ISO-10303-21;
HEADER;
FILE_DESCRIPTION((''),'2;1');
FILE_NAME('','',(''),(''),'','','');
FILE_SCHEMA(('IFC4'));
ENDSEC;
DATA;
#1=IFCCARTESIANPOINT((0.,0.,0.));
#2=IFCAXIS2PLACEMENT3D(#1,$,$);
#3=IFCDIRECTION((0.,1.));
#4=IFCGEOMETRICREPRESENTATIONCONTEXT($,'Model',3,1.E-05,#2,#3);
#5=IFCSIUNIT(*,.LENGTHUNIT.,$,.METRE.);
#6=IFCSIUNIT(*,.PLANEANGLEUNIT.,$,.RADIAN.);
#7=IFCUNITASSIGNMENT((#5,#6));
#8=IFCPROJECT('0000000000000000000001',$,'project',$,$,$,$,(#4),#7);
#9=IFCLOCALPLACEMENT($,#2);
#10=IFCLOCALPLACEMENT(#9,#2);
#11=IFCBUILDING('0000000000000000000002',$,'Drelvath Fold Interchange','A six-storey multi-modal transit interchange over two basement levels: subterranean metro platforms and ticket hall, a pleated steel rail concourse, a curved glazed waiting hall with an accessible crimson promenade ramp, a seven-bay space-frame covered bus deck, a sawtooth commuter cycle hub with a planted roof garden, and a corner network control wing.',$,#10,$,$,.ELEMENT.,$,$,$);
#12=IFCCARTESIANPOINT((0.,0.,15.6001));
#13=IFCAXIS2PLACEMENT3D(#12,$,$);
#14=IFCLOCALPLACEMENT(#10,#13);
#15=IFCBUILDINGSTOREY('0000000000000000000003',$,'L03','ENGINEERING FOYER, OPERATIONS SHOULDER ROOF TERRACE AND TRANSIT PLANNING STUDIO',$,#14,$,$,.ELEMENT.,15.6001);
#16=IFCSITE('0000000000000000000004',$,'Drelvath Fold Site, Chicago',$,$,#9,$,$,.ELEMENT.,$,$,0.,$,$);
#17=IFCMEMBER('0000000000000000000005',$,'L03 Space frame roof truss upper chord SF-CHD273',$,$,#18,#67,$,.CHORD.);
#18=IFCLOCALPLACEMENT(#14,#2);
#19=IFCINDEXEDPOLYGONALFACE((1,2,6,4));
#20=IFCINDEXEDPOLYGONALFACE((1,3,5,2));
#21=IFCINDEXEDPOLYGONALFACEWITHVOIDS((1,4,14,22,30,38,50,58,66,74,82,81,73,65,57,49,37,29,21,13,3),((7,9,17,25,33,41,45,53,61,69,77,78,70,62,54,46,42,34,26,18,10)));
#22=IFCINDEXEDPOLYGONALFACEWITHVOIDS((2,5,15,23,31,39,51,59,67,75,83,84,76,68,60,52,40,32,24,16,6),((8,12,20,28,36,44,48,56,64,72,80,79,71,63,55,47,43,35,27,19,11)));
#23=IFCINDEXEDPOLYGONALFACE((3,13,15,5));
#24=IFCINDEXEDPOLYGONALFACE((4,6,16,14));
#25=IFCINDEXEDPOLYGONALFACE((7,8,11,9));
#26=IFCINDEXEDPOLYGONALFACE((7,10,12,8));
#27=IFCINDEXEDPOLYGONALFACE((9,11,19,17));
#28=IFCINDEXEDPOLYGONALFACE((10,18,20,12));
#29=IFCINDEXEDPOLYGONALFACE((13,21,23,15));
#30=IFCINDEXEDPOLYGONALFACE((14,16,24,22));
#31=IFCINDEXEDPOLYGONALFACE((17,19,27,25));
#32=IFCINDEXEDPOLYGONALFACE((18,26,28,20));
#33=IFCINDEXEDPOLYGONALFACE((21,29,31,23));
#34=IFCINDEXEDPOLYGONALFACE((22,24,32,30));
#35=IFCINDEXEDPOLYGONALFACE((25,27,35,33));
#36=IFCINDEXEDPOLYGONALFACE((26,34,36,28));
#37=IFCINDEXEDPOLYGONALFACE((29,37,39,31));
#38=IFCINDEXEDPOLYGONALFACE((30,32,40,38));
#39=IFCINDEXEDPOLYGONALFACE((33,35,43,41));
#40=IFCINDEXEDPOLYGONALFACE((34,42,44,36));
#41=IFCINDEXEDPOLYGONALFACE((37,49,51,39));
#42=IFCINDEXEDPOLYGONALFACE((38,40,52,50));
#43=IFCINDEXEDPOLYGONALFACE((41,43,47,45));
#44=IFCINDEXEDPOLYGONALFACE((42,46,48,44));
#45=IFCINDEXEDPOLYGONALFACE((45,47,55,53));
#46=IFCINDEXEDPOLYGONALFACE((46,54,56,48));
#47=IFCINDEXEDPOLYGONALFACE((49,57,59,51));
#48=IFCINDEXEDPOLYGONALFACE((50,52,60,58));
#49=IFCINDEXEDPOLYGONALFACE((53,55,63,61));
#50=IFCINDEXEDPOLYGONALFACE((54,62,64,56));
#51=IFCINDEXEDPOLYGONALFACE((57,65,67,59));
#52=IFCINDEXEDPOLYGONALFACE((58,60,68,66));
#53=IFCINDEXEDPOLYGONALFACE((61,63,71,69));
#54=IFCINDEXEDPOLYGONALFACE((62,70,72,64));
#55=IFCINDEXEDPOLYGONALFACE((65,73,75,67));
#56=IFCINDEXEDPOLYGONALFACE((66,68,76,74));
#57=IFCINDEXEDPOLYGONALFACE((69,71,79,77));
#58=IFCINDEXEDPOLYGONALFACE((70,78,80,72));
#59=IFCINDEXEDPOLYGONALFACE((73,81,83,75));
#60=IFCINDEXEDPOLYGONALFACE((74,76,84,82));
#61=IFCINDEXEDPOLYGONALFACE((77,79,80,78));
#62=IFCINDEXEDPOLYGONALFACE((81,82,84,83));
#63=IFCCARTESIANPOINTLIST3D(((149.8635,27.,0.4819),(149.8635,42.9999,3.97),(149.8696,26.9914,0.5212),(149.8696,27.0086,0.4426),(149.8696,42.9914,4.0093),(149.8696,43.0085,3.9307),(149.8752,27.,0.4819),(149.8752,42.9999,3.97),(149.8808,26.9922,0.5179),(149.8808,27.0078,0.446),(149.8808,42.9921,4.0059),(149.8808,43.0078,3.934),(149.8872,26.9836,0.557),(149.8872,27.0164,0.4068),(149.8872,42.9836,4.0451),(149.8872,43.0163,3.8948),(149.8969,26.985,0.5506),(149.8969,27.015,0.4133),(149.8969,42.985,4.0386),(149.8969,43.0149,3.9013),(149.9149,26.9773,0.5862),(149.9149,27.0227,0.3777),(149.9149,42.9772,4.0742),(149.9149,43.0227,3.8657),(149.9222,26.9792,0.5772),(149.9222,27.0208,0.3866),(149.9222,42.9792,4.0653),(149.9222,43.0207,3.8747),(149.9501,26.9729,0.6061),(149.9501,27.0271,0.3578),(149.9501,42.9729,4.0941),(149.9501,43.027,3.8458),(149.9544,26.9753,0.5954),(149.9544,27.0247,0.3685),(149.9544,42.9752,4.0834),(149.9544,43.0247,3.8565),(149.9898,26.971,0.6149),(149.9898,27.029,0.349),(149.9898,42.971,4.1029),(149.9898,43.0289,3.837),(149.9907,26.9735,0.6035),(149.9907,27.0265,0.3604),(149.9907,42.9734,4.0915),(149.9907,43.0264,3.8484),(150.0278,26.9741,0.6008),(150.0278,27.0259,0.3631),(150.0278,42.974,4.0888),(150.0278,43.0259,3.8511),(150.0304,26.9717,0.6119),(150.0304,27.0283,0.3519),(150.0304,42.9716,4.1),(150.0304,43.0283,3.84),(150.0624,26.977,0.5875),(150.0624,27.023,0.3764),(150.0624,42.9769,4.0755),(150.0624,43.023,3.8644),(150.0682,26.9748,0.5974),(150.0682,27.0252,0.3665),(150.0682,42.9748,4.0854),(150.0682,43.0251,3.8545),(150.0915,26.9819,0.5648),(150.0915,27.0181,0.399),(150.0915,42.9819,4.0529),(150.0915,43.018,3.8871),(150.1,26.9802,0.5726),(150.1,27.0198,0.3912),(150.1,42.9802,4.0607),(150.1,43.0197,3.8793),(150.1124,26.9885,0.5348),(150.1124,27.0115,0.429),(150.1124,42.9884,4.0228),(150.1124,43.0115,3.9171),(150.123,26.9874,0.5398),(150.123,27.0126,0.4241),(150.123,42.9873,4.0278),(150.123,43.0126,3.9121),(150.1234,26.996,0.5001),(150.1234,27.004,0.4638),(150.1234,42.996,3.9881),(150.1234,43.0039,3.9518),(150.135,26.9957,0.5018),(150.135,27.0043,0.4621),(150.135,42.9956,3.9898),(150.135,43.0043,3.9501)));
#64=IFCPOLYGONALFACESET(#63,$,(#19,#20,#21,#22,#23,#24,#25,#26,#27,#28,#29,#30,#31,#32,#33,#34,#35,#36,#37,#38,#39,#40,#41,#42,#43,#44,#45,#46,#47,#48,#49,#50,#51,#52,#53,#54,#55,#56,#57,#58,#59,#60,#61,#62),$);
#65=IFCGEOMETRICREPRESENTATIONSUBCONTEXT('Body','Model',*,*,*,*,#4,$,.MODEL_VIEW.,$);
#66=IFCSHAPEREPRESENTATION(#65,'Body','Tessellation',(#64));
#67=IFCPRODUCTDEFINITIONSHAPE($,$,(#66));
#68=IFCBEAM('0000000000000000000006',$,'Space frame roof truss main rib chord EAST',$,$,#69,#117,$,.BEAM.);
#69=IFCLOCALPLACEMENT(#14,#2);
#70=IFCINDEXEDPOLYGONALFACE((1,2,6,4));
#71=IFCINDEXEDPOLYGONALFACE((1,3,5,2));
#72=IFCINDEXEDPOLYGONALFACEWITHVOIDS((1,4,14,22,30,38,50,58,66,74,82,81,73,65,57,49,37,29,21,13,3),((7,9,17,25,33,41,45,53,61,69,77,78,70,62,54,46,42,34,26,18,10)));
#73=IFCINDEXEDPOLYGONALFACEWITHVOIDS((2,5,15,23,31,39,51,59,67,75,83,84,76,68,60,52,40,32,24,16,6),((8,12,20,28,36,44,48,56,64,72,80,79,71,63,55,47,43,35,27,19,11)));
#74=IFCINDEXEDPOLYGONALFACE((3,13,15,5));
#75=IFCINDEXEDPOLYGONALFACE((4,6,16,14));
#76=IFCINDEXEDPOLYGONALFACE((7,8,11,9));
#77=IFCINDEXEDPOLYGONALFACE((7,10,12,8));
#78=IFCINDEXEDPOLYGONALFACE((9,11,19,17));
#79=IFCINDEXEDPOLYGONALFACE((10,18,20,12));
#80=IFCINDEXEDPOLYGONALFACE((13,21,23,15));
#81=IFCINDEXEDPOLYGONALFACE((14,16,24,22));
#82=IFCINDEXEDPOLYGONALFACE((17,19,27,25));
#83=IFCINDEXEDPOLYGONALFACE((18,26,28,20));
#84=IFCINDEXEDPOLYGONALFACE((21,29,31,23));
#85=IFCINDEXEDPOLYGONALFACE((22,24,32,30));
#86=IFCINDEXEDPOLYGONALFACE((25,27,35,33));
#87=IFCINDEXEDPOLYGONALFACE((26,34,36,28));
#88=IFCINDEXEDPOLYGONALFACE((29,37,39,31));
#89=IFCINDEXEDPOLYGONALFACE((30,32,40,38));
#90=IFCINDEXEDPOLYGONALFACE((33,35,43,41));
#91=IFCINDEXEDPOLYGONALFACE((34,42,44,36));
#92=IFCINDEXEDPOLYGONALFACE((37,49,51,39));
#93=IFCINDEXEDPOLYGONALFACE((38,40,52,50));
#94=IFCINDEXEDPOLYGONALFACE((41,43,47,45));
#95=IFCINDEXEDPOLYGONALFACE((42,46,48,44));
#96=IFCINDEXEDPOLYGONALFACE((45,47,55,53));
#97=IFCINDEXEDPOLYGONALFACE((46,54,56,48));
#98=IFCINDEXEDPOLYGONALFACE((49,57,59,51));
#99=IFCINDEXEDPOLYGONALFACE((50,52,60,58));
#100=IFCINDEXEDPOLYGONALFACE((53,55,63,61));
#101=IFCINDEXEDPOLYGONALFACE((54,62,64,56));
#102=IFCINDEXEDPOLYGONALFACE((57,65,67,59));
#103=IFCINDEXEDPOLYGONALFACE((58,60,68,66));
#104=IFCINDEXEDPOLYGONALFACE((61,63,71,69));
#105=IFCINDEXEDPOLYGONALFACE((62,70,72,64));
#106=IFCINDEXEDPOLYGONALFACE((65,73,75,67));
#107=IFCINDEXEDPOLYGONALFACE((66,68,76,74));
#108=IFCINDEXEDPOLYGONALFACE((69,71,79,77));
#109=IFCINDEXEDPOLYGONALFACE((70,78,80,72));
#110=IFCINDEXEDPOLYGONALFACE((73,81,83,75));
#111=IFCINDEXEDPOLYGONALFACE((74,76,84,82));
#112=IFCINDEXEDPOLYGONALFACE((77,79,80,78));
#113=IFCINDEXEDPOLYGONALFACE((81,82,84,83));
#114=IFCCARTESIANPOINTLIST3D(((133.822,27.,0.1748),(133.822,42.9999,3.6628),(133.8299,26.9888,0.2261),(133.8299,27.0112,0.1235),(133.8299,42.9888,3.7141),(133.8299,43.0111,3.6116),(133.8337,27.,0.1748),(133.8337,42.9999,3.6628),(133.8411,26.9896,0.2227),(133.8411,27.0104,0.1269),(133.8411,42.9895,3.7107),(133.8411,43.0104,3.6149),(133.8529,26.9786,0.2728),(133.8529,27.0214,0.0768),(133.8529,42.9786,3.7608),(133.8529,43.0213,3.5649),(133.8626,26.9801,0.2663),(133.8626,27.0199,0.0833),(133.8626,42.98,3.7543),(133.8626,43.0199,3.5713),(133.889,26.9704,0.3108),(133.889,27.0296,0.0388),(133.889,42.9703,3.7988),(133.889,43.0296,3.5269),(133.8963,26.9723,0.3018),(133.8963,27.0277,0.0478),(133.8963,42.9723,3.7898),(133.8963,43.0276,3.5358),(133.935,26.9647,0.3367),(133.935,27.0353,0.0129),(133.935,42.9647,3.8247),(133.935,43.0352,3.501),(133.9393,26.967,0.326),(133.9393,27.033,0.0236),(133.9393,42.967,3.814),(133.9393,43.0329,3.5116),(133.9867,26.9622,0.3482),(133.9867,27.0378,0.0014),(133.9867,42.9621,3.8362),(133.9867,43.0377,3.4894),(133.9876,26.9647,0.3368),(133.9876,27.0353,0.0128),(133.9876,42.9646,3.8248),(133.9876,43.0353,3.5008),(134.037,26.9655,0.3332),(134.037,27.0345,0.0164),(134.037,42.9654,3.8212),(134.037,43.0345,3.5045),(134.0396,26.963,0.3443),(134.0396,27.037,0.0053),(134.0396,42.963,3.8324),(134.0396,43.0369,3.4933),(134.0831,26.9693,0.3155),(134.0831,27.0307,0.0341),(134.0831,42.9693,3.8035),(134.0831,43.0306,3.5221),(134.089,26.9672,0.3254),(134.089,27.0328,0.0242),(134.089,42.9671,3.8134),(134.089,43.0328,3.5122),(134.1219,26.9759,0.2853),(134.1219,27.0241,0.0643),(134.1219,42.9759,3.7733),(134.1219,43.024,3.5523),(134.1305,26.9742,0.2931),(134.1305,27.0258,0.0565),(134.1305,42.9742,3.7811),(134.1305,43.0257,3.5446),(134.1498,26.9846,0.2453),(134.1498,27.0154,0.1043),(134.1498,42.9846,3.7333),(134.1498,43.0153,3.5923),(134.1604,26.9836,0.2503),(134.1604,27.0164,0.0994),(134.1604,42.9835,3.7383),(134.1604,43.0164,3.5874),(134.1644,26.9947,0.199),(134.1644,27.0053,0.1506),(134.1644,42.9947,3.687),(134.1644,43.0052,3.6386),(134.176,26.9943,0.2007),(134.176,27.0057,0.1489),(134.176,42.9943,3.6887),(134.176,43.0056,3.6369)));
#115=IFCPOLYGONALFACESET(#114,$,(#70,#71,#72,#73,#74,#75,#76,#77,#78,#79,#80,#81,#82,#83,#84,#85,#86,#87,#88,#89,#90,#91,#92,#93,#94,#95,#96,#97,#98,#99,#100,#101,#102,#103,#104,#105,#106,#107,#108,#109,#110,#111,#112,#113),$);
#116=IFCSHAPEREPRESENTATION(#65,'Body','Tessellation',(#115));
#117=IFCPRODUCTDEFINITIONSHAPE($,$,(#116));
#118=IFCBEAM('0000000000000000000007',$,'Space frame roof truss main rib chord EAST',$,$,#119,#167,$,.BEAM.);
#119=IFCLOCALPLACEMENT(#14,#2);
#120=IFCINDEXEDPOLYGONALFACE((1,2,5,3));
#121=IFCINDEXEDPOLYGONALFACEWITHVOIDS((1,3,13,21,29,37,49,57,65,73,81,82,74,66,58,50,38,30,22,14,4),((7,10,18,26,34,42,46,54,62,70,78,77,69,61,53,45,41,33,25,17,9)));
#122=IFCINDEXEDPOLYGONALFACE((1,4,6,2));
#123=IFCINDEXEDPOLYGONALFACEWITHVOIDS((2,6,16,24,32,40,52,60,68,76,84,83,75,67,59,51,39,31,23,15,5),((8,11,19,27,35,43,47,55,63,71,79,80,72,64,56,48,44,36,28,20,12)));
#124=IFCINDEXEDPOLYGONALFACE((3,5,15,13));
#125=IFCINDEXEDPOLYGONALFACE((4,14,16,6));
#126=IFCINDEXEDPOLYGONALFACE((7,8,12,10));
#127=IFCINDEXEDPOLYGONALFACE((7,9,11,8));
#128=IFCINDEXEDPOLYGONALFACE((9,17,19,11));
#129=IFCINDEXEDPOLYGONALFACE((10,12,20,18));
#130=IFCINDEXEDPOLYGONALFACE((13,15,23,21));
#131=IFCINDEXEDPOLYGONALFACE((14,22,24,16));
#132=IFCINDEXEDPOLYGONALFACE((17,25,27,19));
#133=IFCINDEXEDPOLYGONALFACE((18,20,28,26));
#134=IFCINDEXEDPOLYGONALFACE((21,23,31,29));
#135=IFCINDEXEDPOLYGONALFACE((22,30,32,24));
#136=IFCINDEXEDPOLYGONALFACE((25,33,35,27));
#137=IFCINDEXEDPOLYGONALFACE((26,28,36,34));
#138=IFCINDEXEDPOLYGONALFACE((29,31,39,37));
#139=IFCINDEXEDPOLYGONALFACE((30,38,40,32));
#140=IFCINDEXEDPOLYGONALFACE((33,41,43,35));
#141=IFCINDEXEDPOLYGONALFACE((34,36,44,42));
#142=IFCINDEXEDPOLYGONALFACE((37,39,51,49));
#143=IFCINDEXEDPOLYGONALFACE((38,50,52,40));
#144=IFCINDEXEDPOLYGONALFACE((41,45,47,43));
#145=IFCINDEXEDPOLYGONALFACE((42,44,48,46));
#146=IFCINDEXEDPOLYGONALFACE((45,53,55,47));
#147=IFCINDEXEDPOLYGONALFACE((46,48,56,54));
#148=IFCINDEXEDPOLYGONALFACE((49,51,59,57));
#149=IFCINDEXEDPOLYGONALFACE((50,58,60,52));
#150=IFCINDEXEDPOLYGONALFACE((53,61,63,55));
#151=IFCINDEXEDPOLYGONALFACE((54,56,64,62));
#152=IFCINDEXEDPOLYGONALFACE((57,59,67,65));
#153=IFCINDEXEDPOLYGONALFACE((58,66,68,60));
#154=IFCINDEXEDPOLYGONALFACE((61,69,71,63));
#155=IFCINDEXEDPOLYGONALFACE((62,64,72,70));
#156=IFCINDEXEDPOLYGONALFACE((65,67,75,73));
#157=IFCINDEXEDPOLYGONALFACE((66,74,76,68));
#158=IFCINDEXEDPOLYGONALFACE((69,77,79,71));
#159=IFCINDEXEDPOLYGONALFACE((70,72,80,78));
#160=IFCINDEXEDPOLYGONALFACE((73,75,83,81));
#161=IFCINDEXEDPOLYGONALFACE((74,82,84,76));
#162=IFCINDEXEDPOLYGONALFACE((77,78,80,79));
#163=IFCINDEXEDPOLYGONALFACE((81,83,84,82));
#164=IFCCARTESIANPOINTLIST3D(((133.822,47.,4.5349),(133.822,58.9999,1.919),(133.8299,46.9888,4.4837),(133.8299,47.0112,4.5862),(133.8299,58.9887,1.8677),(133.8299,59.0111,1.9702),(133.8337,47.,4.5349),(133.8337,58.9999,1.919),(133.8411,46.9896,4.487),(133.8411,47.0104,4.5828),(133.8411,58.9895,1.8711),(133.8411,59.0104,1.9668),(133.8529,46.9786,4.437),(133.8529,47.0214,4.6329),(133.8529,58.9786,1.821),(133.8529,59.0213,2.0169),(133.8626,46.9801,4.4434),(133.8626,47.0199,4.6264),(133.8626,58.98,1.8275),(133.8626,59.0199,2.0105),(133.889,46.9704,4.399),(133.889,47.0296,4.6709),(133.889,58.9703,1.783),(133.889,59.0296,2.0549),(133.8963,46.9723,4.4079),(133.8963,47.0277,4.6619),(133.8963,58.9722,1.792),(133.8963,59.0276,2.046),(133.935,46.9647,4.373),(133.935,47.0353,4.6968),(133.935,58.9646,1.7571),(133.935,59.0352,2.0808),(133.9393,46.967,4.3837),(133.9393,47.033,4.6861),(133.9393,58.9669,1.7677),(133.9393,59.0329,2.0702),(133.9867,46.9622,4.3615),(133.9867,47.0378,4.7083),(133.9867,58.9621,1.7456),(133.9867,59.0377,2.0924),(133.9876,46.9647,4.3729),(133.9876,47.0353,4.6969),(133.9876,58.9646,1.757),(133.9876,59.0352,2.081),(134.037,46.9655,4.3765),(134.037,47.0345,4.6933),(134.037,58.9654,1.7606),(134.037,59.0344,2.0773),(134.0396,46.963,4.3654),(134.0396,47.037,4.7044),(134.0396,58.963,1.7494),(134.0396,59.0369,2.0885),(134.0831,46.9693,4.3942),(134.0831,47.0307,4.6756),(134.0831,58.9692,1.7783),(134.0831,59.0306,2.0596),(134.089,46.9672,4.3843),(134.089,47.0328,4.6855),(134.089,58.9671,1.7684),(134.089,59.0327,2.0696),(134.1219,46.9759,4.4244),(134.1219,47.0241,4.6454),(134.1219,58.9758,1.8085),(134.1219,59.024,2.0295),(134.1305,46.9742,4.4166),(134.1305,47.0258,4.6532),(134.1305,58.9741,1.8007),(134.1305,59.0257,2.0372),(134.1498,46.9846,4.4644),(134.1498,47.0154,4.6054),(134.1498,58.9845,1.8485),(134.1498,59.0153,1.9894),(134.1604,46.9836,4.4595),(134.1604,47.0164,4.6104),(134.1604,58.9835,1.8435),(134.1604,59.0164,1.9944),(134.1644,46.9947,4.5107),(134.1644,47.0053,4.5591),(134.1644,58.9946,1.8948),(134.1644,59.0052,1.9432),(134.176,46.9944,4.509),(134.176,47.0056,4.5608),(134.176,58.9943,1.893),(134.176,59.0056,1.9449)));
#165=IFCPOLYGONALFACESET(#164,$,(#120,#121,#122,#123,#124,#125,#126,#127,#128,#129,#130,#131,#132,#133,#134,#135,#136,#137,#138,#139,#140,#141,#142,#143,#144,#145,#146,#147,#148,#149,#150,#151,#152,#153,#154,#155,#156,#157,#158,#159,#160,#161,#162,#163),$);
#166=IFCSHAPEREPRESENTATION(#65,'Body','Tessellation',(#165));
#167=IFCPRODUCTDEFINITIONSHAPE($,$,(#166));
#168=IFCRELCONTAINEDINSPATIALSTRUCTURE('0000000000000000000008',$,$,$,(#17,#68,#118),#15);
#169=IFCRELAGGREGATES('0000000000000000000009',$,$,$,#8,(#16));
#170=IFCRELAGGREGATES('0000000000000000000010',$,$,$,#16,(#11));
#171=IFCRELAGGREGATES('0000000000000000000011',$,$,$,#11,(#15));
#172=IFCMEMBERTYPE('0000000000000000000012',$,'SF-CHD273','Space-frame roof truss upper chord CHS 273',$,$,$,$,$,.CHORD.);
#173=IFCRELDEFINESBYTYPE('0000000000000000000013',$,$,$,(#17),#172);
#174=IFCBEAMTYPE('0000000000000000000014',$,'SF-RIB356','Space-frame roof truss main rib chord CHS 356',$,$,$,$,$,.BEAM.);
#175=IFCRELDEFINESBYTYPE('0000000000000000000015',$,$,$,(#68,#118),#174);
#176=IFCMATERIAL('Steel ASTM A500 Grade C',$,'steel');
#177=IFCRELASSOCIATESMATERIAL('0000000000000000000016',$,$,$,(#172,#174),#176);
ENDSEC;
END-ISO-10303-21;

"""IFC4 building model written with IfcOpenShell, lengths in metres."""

from ifc_helpers import new_model, si_unit, direction, frame, origin, origin_2d, place, context, subcontext, project, spatial, hollow_circle, extrude, material, material_profile, profile_set, type_object, element, save


model = new_model("IFC4")

# Units and contexts
model_context = context("Model", 3, precision=1e-05, world=origin(), true_north=direction((0.0, 1.0)))
body_context = subcontext(model_context, "Body", "Model", "MODEL_VIEW")
ifc_project = project(units=[si_unit("LENGTHUNIT", "METRE"), si_unit("PLANEANGLEUNIT", "RADIAN")], contexts=[model_context])

# Site, building, storey
site_placement = place(None, origin())
site = spatial("IfcSite", under=ifc_project, at=site_placement, Name="Drelvath Fold Site, Chicago", CompositionType="ELEMENT", RefElevation=0.0)
building_placement = place(site_placement, origin())
building = spatial("IfcBuilding", under=site, at=building_placement, Name="Drelvath Fold Interchange", Description="A six-storey multi-modal transit interchange over two basement levels: subterranean metro platforms and ticket hall, a pleated steel rail concourse, a curved glazed waiting hall with an accessible crimson promenade ramp, a seven-bay space-frame covered bus deck, a sawtooth commuter cycle hub with a planted roof garden, and a corner network control wing.", CompositionType="ELEMENT")
storey_placement = place(building_placement, frame((0.0, 0.0, 15.6001)))
storey = spatial("IfcBuildingStorey", under=building, at=storey_placement, Name="L03", Description="ENGINEERING FOYER, OPERATIONS SHOULDER ROOF TERRACE AND TRANSIT PLANNING STUDIO", CompositionType="ELEMENT", Elevation=15.6001)

# Member
ifc_material_1 = material(Name="Steel ASTM A500 Grade C", Category="steel")
ifc_material_profile_1 = material_profile(ifc_material_1, hollow_circle(Radius=0.1365, WallThickness=0.0117, at=origin_2d()), Name="HSS10.750X0.500")
ifc_profile_set_1 = profile_set([ifc_material_profile_1], Name="Steel ASTM A500 Grade C")
member_type_1 = type_object("IfcMemberType", Name="SF-CHD273", Description="Space-frame roof truss upper chord CHS 273", PredefinedType="CHORD", material=ifc_profile_set_1)
for number, where, z_axis, x_axis, name in (
    (1, (150.0, 27.0, 0.4819), (0.0, 0.977052, 0.213), (-1.0, 0.0, 0.0), "L03 Space frame roof truss upper chord SF-CHD273"),
):
    element("IfcMember", number, at=place(storey_placement, frame(where, z_axis=z_axis, x_axis=x_axis)), inside=storey, type_object=member_type_1, Name=name, PredefinedType="CHORD", context=body_context, shape_type="SweptSolid", body=[
        extrude(hollow_circle(Radius=0.1365, WallThickness=0.0117, at=origin_2d()), origin(), (0.0, 0.0, 1.0), 16.3757),
    ])

# Beams
ifc_material_profile_2 = material_profile(ifc_material_1, hollow_circle(Radius=0.178, WallThickness=0.0117, at=origin_2d()), Name="HSS14.000X0.500")
ifc_profile_set_2 = profile_set([ifc_material_profile_2], Name="Steel ASTM A500 Grade C")
beam_type_1 = type_object("IfcBeamType", Name="SF-RIB356", Description="Space-frame roof truss main rib chord CHS 356", PredefinedType="BEAM", material=ifc_profile_set_2)
beam_1_placement = place(storey_placement, frame((134.0, 27.0, 0.1748), z_axis=(0.0, 0.977052, 0.213), x_axis=(-1.0, 0.0, 0.0)))
element("IfcBeam", 2, at=beam_1_placement, inside=storey, type_object=beam_type_1, Name="Space frame roof truss main rib chord EAST", PredefinedType="BEAM", context=body_context, shape_type="SweptSolid", body=[
    extrude(hollow_circle(Radius=0.178, WallThickness=0.0117, at=origin_2d()), origin(), (0.0, 0.0, 1.0), 16.3757),
])
beam_2_placement = place(storey_placement, frame((134.0, 47.0, 4.5349), z_axis=(0.0, 0.977053, -0.212995), x_axis=(-1.0, 0.0, 0.0)))
element("IfcBeam", 3, at=beam_2_placement, inside=storey, type_object=beam_type_1, Name="Space frame roof truss main rib chord EAST", PredefinedType="BEAM", context=body_context, shape_type="SweptSolid", body=[
    extrude(hollow_circle(Radius=0.178, WallThickness=0.0117, at=origin_2d()), origin(), (0.0, 0.0, 1.0), 12.2817),
])

save(model, "model.ifc")
